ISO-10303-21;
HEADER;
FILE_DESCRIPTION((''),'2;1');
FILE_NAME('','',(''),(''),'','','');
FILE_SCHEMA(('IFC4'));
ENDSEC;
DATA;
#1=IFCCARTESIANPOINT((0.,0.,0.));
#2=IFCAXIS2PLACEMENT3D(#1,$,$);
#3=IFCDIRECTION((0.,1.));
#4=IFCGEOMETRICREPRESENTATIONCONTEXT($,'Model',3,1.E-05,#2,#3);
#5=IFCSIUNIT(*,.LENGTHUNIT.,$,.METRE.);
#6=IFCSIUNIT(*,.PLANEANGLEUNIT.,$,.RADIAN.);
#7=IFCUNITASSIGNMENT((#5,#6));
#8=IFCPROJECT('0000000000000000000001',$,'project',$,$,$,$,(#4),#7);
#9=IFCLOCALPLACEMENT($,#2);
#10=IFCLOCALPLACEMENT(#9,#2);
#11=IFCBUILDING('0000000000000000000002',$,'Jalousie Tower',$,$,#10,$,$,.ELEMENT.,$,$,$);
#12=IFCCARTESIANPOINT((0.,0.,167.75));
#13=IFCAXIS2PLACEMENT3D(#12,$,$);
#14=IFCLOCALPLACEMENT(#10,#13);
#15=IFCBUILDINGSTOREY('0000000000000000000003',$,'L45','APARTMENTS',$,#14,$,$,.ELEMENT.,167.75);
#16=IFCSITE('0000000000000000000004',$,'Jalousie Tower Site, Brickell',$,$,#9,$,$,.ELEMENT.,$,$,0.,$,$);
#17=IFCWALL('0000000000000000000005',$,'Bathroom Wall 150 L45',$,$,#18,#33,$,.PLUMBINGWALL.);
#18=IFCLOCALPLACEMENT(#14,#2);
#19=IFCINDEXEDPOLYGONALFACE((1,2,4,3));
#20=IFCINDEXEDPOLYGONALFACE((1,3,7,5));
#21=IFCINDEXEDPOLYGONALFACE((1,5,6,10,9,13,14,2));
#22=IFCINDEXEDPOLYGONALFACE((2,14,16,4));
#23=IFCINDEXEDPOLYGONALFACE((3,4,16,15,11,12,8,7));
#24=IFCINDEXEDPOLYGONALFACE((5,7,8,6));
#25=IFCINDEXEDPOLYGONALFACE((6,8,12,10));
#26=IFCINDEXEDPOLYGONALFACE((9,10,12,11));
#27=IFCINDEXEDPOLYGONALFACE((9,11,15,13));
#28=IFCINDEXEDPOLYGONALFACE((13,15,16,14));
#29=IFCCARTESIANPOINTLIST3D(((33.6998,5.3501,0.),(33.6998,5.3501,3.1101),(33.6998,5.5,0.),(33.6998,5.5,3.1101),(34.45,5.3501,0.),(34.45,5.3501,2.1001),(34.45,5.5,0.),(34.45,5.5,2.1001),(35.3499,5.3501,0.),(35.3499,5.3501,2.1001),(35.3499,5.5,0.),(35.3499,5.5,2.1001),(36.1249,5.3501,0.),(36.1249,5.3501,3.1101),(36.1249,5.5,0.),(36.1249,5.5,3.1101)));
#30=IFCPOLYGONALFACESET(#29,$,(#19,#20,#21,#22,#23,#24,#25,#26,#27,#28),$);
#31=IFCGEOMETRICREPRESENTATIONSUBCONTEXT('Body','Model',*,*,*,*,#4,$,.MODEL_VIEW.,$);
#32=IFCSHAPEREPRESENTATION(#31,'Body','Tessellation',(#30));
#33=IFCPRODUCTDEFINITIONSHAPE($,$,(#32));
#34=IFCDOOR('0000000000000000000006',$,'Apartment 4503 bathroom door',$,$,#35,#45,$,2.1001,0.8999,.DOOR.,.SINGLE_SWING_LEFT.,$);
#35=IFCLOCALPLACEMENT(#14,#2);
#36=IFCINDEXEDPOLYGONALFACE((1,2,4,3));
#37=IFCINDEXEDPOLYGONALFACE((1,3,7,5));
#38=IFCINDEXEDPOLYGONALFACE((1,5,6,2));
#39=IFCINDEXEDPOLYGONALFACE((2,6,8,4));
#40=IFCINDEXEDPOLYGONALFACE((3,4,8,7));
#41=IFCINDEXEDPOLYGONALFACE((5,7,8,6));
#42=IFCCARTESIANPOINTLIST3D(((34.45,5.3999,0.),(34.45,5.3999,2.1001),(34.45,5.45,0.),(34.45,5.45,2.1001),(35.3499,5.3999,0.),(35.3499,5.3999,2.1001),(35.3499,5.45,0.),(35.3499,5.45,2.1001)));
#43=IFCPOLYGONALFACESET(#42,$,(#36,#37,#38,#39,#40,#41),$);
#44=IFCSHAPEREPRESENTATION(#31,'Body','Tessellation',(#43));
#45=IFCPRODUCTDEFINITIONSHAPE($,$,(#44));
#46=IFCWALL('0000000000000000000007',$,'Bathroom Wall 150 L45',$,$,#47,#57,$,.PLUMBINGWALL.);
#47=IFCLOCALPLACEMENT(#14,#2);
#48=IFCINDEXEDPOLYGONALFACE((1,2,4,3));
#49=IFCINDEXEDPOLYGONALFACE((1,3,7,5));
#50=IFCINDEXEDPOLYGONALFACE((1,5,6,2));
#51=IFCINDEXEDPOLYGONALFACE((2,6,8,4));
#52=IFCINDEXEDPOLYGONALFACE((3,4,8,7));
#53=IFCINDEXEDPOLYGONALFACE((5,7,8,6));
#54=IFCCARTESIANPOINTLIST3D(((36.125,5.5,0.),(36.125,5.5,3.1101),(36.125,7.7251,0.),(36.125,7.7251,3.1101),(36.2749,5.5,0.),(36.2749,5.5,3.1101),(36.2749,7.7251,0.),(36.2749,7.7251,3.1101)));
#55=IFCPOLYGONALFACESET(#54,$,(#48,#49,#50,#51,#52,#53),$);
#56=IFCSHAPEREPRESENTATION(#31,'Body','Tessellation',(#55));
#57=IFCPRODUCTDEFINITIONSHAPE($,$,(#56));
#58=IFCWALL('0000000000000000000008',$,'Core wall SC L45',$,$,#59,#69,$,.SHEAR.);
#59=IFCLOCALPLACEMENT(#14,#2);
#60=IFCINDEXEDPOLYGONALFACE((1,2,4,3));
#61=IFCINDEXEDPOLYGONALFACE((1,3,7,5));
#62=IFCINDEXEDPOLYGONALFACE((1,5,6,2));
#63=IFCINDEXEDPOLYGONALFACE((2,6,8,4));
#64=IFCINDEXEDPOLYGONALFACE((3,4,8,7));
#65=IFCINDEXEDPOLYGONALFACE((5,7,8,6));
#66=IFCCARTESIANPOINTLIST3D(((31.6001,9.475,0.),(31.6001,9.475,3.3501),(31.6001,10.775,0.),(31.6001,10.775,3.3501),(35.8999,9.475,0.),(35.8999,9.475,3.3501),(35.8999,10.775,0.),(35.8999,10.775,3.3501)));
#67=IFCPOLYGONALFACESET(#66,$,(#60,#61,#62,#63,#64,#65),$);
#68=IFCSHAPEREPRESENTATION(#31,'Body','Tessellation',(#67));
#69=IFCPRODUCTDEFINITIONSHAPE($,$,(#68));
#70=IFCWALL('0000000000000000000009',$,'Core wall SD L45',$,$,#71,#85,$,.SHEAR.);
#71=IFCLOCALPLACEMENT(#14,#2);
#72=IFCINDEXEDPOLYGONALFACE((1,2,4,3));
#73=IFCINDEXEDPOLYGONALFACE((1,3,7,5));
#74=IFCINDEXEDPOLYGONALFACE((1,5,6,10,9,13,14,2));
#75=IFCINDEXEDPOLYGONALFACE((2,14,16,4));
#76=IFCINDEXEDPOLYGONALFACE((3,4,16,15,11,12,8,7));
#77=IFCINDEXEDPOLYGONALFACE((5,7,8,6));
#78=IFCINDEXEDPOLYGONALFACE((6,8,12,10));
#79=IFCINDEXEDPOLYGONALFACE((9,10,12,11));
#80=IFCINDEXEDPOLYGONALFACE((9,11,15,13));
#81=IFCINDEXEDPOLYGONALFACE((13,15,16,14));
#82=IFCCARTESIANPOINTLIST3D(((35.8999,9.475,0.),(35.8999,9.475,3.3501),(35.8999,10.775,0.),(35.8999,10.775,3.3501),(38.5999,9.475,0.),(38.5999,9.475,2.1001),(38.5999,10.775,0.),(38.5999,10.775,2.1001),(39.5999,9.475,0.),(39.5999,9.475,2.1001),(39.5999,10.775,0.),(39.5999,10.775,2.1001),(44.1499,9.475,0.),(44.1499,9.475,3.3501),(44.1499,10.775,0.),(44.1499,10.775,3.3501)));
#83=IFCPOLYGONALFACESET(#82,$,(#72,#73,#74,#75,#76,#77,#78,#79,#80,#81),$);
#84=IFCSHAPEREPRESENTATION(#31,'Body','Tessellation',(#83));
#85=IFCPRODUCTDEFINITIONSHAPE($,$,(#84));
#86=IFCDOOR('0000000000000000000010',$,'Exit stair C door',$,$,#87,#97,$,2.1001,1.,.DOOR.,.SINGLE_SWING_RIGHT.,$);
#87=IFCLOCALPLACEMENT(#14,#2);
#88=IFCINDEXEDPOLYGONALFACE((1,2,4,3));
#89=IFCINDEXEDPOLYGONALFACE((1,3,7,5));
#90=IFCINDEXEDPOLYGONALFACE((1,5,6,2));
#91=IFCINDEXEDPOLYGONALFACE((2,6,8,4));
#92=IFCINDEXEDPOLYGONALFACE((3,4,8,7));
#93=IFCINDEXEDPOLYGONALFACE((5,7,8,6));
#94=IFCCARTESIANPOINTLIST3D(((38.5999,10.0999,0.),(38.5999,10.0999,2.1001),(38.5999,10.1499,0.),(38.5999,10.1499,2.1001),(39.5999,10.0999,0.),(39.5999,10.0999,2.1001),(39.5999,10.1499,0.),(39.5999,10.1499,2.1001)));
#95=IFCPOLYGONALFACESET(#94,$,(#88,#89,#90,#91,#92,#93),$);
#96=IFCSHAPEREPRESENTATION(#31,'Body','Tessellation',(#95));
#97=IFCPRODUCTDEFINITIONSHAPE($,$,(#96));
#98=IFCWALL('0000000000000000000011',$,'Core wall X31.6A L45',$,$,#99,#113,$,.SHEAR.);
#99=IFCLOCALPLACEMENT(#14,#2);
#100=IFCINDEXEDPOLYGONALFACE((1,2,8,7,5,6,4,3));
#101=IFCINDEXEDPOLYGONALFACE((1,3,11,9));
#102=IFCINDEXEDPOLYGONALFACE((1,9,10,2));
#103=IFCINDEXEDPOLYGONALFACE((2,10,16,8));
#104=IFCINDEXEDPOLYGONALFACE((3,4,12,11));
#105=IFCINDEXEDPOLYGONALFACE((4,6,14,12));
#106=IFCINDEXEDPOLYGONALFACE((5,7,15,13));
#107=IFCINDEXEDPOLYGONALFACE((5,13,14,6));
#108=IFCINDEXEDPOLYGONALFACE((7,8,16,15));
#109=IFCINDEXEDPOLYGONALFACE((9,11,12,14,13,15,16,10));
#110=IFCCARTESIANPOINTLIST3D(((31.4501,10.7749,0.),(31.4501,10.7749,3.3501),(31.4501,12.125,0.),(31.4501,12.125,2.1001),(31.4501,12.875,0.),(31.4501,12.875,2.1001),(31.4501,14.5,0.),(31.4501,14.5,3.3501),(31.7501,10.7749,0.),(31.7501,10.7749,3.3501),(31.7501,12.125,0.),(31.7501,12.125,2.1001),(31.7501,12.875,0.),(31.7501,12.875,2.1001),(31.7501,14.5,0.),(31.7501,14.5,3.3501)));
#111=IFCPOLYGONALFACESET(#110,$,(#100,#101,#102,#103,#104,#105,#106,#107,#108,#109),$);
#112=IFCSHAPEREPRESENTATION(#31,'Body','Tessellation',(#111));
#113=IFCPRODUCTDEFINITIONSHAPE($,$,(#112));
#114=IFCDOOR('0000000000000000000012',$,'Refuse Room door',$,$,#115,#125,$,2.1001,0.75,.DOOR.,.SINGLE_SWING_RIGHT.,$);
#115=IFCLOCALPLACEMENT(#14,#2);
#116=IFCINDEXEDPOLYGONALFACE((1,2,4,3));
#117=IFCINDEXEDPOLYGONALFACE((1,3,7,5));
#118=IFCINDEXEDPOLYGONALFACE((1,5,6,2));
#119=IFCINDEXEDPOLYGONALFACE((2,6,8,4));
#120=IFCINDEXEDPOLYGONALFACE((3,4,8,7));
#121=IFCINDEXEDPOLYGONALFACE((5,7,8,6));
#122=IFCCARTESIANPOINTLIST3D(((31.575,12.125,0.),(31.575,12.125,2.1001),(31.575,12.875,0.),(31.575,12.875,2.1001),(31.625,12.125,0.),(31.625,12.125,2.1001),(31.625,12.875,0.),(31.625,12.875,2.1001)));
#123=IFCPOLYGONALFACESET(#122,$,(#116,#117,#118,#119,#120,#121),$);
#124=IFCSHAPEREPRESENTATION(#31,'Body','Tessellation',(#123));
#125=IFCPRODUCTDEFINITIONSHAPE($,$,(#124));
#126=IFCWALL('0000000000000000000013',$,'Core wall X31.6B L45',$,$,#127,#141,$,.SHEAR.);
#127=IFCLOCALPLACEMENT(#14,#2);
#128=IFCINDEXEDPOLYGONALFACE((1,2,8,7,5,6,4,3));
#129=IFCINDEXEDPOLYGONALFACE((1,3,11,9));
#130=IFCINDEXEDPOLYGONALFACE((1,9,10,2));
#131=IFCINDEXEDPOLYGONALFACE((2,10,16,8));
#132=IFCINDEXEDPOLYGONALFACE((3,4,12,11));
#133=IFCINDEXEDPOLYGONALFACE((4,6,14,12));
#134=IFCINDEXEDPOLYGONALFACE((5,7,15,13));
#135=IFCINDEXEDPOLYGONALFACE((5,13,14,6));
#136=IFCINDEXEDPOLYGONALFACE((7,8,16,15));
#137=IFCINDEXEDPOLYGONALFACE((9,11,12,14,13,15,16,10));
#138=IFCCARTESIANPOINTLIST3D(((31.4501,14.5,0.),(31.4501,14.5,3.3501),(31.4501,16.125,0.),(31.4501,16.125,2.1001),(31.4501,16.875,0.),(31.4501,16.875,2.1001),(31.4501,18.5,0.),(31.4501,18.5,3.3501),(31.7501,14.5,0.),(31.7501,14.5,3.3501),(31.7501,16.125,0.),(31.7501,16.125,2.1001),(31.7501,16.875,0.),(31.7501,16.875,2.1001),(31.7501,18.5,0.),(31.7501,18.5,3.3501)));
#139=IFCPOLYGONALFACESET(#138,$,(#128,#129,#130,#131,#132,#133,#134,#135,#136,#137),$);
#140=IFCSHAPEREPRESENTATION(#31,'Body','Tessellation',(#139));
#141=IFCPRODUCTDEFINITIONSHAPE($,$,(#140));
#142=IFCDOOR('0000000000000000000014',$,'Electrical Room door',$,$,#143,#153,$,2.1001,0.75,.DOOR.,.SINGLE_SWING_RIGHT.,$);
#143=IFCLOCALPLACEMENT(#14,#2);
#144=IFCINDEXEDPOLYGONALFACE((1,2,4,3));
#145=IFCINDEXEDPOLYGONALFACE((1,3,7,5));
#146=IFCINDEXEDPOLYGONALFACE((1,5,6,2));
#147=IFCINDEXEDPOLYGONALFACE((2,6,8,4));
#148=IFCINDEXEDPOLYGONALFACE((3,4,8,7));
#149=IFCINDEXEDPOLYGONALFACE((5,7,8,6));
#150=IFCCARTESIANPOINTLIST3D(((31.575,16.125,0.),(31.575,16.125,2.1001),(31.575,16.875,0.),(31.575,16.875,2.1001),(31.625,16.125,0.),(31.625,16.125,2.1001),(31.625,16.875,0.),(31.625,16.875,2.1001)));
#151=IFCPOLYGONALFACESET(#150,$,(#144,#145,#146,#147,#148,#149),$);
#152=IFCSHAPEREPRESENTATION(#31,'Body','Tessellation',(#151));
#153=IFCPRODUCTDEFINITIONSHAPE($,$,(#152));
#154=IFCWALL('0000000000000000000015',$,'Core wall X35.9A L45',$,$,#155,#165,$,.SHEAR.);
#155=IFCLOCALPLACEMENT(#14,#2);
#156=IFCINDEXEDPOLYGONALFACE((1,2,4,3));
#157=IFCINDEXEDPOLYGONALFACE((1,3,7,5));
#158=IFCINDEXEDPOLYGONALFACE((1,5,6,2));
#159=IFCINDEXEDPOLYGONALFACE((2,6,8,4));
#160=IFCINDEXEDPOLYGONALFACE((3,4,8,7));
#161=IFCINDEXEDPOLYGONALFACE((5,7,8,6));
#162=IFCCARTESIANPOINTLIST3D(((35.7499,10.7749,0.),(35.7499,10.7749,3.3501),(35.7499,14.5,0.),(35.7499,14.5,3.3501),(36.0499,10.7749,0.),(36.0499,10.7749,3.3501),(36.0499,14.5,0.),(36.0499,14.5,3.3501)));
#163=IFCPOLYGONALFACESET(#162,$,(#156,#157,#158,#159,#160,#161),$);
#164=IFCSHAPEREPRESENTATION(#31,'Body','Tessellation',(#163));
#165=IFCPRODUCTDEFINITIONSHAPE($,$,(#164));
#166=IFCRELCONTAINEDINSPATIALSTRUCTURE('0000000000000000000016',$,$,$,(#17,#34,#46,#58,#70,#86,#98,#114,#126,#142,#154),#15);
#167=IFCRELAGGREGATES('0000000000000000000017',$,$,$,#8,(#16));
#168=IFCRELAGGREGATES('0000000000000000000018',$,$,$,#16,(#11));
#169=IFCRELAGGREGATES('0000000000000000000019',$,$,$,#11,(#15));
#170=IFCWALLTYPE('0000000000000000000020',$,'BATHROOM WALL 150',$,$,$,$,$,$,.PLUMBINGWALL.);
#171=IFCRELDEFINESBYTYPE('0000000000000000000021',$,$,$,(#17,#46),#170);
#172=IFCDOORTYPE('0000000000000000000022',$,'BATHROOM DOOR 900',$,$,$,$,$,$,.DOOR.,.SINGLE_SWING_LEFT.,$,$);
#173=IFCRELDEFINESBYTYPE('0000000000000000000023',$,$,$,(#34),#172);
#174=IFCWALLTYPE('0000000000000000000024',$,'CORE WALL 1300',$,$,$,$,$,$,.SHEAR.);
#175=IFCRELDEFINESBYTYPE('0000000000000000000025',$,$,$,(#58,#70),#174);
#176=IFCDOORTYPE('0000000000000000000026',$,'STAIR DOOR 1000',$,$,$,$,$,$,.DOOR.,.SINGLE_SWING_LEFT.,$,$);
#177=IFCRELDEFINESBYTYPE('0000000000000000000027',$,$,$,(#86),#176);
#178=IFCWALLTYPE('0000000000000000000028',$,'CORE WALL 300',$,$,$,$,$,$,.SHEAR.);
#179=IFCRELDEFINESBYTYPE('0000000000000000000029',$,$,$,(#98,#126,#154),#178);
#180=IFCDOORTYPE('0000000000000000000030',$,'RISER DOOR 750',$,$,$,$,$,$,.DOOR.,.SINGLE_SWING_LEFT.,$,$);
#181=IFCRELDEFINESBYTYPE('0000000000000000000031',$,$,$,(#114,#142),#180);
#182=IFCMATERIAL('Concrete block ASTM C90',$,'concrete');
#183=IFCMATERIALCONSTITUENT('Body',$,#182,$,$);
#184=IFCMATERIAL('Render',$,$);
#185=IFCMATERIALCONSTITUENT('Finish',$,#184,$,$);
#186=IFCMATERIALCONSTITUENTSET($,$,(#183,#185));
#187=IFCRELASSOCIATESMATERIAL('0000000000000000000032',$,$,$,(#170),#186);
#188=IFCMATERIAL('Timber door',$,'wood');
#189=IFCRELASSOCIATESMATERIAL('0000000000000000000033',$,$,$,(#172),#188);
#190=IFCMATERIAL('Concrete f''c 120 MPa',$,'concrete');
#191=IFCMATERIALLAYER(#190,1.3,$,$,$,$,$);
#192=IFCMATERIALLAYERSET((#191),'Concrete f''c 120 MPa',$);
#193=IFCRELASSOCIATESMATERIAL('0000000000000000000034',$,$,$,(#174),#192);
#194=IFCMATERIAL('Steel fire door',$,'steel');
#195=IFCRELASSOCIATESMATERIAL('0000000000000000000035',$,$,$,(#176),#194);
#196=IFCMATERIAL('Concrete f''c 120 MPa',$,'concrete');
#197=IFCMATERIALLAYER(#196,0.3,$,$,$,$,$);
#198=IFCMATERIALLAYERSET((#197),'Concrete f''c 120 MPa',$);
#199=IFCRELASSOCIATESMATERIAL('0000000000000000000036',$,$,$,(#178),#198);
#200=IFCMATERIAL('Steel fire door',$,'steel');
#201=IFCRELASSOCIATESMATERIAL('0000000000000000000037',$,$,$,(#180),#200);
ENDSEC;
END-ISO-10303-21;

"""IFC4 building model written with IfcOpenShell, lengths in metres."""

from ifc_helpers import new_model, si_unit, direction, frame, frame_2d, origin, place, context, subcontext, project, spatial, rectangle, extrude, material, layer, layer_set, constituent, constituent_set, type_object, element, fill, save


model = new_model("IFC4")

# Units and contexts
model_context = context("Model", 3, precision=1e-05, world=origin(), true_north=direction((0.0, 1.0)))
body_context = subcontext(model_context, "Body", "Model", "MODEL_VIEW")
ifc_project = project(units=[si_unit("LENGTHUNIT", "METRE"), si_unit("PLANEANGLEUNIT", "RADIAN")], contexts=[model_context])

# Site, building, storey
site_placement = place(None, origin())
site = spatial("IfcSite", under=ifc_project, at=site_placement, Name="Jalousie Tower Site, Brickell", CompositionType="ELEMENT", RefElevation=0.0)
building_placement = place(site_placement, origin())
building = spatial("IfcBuilding", under=site, at=building_placement, Name="Jalousie Tower", CompositionType="ELEMENT")
storey_placement = place(building_placement, frame((0.0, 0.0, 167.75)))
storey = spatial("IfcBuildingStorey", under=building, at=storey_placement, Name="L45", Description="APARTMENTS", CompositionType="ELEMENT", Elevation=167.75)

# Wall, opening, door
ifc_material_1 = material(Name="Concrete block ASTM C90", Category="concrete")
ifc_constituent_1 = constituent(ifc_material_1, Name="Body")
ifc_material_2 = material(Name="Render")
ifc_constituent_2 = constituent(ifc_material_2, Name="Finish")
ifc_constituent_set_1 = constituent_set(constituents=[ifc_constituent_1, ifc_constituent_2])
wall_type_1 = type_object("IfcWallType", Name="BATHROOM WALL 150", PredefinedType="PLUMBINGWALL", material=ifc_constituent_set_1)
wall_1_placement = place(storey_placement, frame((33.7, 5.425, 0.0), z_axis=(0.0, 0.0, 1.0), x_axis=(1.0, 0.0, 0.0)))
wall_1 = element("IfcWall", 1, at=wall_1_placement, inside=storey, type_object=wall_type_1, Name="Bathroom Wall 150 L45", PredefinedType="PLUMBINGWALL", context=body_context, shape_type="SweptSolid", body=[
    extrude(rectangle(XDim=2.425, YDim=0.1499, at=frame_2d((1.2124, 0.0))), origin(), (0.0, 0.0, 1.0), 3.1101),
])
opening_1_placement = place(wall_1_placement, frame((0.75, 0.0, 0.0)))
opening_1 = element("IfcOpeningElement", 2, at=opening_1_placement, cuts=wall_1, PredefinedType="OPENING", context=body_context, shape_type="SweptSolid", body=[
    extrude(rectangle(XDim=0.8999, YDim=2.1001, at=frame_2d((0.45, 1.05))), frame((0.0, 0.085, 0.0), z_axis=(0.0, -1.0, 0.0), x_axis=(1.0, 0.0, 0.0)), (0.0, 0.0, 1.0), 0.1699),
])
ifc_material_3 = material(Name="Timber door", Category="wood")
door_type_1 = type_object("IfcDoorType", Name="BATHROOM DOOR 900", OperationType="SINGLE_SWING_LEFT", PredefinedType="DOOR", material=ifc_material_3)
door_1_placement = place(opening_1_placement, origin())
door_1 = element("IfcDoor", 3, at=door_1_placement, inside=storey, type_object=door_type_1, Name="Apartment 4503 bathroom door", OperationType="SINGLE_SWING_LEFT", OverallHeight=2.1001, OverallWidth=0.8999, PredefinedType="DOOR", context=body_context, shape_type="SweptSolid", body=[
    extrude(rectangle(XDim=0.8999, YDim=2.1001, at=frame_2d((0.45, 1.05))), frame((0.0, 0.0249, 0.0), z_axis=(0.0, -1.0, 0.0), x_axis=(1.0, 0.0, 0.0)), (0.0, 0.0, 1.0), 0.05),
])
fill(opening_1, door_1)

# Walls
wall_2_placement = place(storey_placement, frame((36.2, 5.5, 0.0), z_axis=(0.0, 0.0, 1.0), x_axis=(0.0, 1.0, 0.0)))
element("IfcWall", 4, at=wall_2_placement, inside=storey, type_object=wall_type_1, Name="Bathroom Wall 150 L45", PredefinedType="PLUMBINGWALL", context=body_context, shape_type="SweptSolid", body=[
    extrude(rectangle(XDim=2.2251, YDim=0.1499, at=frame_2d((1.1125, 0.0))), origin(), (0.0, 0.0, 1.0), 3.1101),
])
ifc_material_4 = material(Name="Concrete f'c 120 MPa", Category="concrete")
ifc_layer_1 = layer(ifc_material_4, 1.3)
ifc_layer_set_1 = layer_set([ifc_layer_1], Name="Concrete f'c 120 MPa")
wall_type_2 = type_object("IfcWallType", Name="CORE WALL 1300", PredefinedType="SHEAR", material=ifc_layer_set_1)
wall_3_placement = place(storey_placement, frame((31.6001, 10.125, 0.0), z_axis=(0.0, 0.0, 1.0), x_axis=(1.0, 0.0, 0.0)))
element("IfcWall", 5, at=wall_3_placement, inside=storey, type_object=wall_type_2, Name="Core wall SC L45", PredefinedType="SHEAR", context=body_context, shape_type="SweptSolid", body=[
    extrude(rectangle(XDim=4.2998, YDim=1.3, at=frame_2d((2.1499, 0.0))), origin(), (0.0, 0.0, 1.0), 3.3501),
])

# Walls, openings, doors
wall_4_placement = place(storey_placement, frame((35.8999, 10.125, 0.0), z_axis=(0.0, 0.0, 1.0), x_axis=(1.0, 0.0, 0.0)))
wall_4 = element("IfcWall", 6, at=wall_4_placement, inside=storey, type_object=wall_type_2, Name="Core wall SD L45", PredefinedType="SHEAR", context=body_context, shape_type="SweptSolid", body=[
    extrude(rectangle(XDim=8.25, YDim=1.3, at=frame_2d((4.125, 0.0))), origin(), (0.0, 0.0, 1.0), 3.3501),
])
opening_2_placement = place(wall_4_placement, frame((2.7, 0.0, 0.0)))
opening_2 = element("IfcOpeningElement", 7, at=opening_2_placement, cuts=wall_4, PredefinedType="OPENING", context=body_context, shape_type="SweptSolid", body=[
    extrude(rectangle(XDim=1.0, YDim=2.1001, at=frame_2d((0.5, 1.05))), frame((0.0, 0.6599, 0.0), z_axis=(0.0, -1.0, 0.0), x_axis=(1.0, 0.0, 0.0)), (0.0, 0.0, 1.0), 1.3201),
])
ifc_material_5 = material(Name="Steel fire door", Category="steel")
door_type_2 = type_object("IfcDoorType", Name="STAIR DOOR 1000", OperationType="SINGLE_SWING_LEFT", PredefinedType="DOOR", material=ifc_material_5)
door_2_placement = place(opening_2_placement, origin())
door_2 = element("IfcDoor", 8, at=door_2_placement, inside=storey, type_object=door_type_2, Name="Exit stair C door", OperationType="SINGLE_SWING_RIGHT", OverallHeight=2.1001, OverallWidth=1.0, PredefinedType="DOOR", context=body_context, shape_type="SweptSolid", body=[
    extrude(rectangle(XDim=1.0, YDim=2.1001, at=frame_2d((0.5, 1.05))), frame((0.0, 0.0249, 0.0), z_axis=(0.0, -1.0, 0.0), x_axis=(1.0, 0.0, 0.0)), (0.0, 0.0, 1.0), 0.05),
])
fill(opening_2, door_2)
ifc_material_6 = material(Name="Concrete f'c 120 MPa", Category="concrete")
ifc_layer_2 = layer(ifc_material_6, 0.3)
ifc_layer_set_2 = layer_set([ifc_layer_2], Name="Concrete f'c 120 MPa")
wall_type_3 = type_object("IfcWallType", Name="CORE WALL 300", PredefinedType="SHEAR", material=ifc_layer_set_2)
wall_5_placement = place(storey_placement, frame((31.6001, 10.7749, 0.0), z_axis=(0.0, 0.0, 1.0), x_axis=(0.0, 1.0, 0.0)))
wall_5 = element("IfcWall", 9, at=wall_5_placement, inside=storey, type_object=wall_type_3, Name="Core wall X31.6A L45", PredefinedType="SHEAR", context=body_context, shape_type="SweptSolid", body=[
    extrude(rectangle(XDim=3.7251, YDim=0.3, at=frame_2d((1.8625, 0.0))), origin(), (0.0, 0.0, 1.0), 3.3501),
])
opening_3_placement = place(wall_5_placement, frame((1.3501, 0.0, 0.0)))
opening_3 = element("IfcOpeningElement", 10, at=opening_3_placement, cuts=wall_5, PredefinedType="OPENING", context=body_context, shape_type="SweptSolid", body=[
    extrude(rectangle(XDim=0.75, YDim=2.1001, at=frame_2d((0.375, 1.05))), frame((0.0, 0.1599, 0.0), z_axis=(0.0, -1.0, 0.0), x_axis=(1.0, 0.0, 0.0)), (0.0, 0.0, 1.0), 0.3201),
])
ifc_material_7 = material(Name="Steel fire door", Category="steel")
door_type_3 = type_object("IfcDoorType", Name="RISER DOOR 750", OperationType="SINGLE_SWING_LEFT", PredefinedType="DOOR", material=ifc_material_7)
door_3_placement = place(opening_3_placement, frame((0.75, 0.0, 0.0), z_axis=(0.0, 0.0, 1.0), x_axis=(-1.0, 0.0, 0.0)))
door_3 = element("IfcDoor", 11, at=door_3_placement, inside=storey, type_object=door_type_3, Name="Refuse Room door", OperationType="SINGLE_SWING_RIGHT", OverallHeight=2.1001, OverallWidth=0.75, PredefinedType="DOOR", context=body_context, shape_type="SweptSolid", body=[
    extrude(rectangle(XDim=0.75, YDim=2.1001, at=frame_2d((0.375, 1.05))), frame((0.0, 0.0249, 0.0), z_axis=(0.0, -1.0, 0.0), x_axis=(1.0, 0.0, 0.0)), (0.0, 0.0, 1.0), 0.05),
])
fill(opening_3, door_3)
wall_6_placement = place(storey_placement, frame((31.6001, 14.5, 0.0), z_axis=(0.0, 0.0, 1.0), x_axis=(0.0, 1.0, 0.0)))
wall_6 = element("IfcWall", 12, at=wall_6_placement, inside=storey, type_object=wall_type_3, Name="Core wall X31.6B L45", PredefinedType="SHEAR", context=body_context, shape_type="SweptSolid", body=[
    extrude(rectangle(XDim=4.0, YDim=0.3, at=frame_2d((2.0, 0.0))), origin(), (0.0, 0.0, 1.0), 3.3501),
])
opening_4_placement = place(wall_6_placement, frame((1.625, 0.0, 0.0)))
opening_4 = element("IfcOpeningElement", 13, at=opening_4_placement, cuts=wall_6, PredefinedType="OPENING", context=body_context, shape_type="SweptSolid", body=[
    extrude(rectangle(XDim=0.75, YDim=2.1001, at=frame_2d((0.375, 1.05))), frame((0.0, 0.1599, 0.0), z_axis=(0.0, -1.0, 0.0), x_axis=(1.0, 0.0, 0.0)), (0.0, 0.0, 1.0), 0.3201),
])
door_4_placement = place(opening_4_placement, frame((0.75, 0.0, 0.0), z_axis=(0.0, 0.0, 1.0), x_axis=(-1.0, 0.0, 0.0)))
door_4 = element("IfcDoor", 14, at=door_4_placement, inside=storey, type_object=door_type_3, Name="Electrical Room door", OperationType="SINGLE_SWING_RIGHT", OverallHeight=2.1001, OverallWidth=0.75, PredefinedType="DOOR", context=body_context, shape_type="SweptSolid", body=[
    extrude(rectangle(XDim=0.75, YDim=2.1001, at=frame_2d((0.375, 1.05))), frame((0.0, 0.0249, 0.0), z_axis=(0.0, -1.0, 0.0), x_axis=(1.0, 0.0, 0.0)), (0.0, 0.0, 1.0), 0.05),
])
fill(opening_4, door_4)

# Wall
wall_7_placement = place(storey_placement, frame((35.8999, 10.7749, 0.0), z_axis=(0.0, 0.0, 1.0), x_axis=(0.0, 1.0, 0.0)))
element("IfcWall", 15, at=wall_7_placement, inside=storey, type_object=wall_type_3, Name="Core wall X35.9A L45", PredefinedType="SHEAR", context=body_context, shape_type="SweptSolid", body=[
    extrude(rectangle(XDim=3.7251, YDim=0.3, at=frame_2d((1.8625, 0.0))), origin(), (0.0, 0.0, 1.0), 3.3501),
])

save(model, "model.ifc")
